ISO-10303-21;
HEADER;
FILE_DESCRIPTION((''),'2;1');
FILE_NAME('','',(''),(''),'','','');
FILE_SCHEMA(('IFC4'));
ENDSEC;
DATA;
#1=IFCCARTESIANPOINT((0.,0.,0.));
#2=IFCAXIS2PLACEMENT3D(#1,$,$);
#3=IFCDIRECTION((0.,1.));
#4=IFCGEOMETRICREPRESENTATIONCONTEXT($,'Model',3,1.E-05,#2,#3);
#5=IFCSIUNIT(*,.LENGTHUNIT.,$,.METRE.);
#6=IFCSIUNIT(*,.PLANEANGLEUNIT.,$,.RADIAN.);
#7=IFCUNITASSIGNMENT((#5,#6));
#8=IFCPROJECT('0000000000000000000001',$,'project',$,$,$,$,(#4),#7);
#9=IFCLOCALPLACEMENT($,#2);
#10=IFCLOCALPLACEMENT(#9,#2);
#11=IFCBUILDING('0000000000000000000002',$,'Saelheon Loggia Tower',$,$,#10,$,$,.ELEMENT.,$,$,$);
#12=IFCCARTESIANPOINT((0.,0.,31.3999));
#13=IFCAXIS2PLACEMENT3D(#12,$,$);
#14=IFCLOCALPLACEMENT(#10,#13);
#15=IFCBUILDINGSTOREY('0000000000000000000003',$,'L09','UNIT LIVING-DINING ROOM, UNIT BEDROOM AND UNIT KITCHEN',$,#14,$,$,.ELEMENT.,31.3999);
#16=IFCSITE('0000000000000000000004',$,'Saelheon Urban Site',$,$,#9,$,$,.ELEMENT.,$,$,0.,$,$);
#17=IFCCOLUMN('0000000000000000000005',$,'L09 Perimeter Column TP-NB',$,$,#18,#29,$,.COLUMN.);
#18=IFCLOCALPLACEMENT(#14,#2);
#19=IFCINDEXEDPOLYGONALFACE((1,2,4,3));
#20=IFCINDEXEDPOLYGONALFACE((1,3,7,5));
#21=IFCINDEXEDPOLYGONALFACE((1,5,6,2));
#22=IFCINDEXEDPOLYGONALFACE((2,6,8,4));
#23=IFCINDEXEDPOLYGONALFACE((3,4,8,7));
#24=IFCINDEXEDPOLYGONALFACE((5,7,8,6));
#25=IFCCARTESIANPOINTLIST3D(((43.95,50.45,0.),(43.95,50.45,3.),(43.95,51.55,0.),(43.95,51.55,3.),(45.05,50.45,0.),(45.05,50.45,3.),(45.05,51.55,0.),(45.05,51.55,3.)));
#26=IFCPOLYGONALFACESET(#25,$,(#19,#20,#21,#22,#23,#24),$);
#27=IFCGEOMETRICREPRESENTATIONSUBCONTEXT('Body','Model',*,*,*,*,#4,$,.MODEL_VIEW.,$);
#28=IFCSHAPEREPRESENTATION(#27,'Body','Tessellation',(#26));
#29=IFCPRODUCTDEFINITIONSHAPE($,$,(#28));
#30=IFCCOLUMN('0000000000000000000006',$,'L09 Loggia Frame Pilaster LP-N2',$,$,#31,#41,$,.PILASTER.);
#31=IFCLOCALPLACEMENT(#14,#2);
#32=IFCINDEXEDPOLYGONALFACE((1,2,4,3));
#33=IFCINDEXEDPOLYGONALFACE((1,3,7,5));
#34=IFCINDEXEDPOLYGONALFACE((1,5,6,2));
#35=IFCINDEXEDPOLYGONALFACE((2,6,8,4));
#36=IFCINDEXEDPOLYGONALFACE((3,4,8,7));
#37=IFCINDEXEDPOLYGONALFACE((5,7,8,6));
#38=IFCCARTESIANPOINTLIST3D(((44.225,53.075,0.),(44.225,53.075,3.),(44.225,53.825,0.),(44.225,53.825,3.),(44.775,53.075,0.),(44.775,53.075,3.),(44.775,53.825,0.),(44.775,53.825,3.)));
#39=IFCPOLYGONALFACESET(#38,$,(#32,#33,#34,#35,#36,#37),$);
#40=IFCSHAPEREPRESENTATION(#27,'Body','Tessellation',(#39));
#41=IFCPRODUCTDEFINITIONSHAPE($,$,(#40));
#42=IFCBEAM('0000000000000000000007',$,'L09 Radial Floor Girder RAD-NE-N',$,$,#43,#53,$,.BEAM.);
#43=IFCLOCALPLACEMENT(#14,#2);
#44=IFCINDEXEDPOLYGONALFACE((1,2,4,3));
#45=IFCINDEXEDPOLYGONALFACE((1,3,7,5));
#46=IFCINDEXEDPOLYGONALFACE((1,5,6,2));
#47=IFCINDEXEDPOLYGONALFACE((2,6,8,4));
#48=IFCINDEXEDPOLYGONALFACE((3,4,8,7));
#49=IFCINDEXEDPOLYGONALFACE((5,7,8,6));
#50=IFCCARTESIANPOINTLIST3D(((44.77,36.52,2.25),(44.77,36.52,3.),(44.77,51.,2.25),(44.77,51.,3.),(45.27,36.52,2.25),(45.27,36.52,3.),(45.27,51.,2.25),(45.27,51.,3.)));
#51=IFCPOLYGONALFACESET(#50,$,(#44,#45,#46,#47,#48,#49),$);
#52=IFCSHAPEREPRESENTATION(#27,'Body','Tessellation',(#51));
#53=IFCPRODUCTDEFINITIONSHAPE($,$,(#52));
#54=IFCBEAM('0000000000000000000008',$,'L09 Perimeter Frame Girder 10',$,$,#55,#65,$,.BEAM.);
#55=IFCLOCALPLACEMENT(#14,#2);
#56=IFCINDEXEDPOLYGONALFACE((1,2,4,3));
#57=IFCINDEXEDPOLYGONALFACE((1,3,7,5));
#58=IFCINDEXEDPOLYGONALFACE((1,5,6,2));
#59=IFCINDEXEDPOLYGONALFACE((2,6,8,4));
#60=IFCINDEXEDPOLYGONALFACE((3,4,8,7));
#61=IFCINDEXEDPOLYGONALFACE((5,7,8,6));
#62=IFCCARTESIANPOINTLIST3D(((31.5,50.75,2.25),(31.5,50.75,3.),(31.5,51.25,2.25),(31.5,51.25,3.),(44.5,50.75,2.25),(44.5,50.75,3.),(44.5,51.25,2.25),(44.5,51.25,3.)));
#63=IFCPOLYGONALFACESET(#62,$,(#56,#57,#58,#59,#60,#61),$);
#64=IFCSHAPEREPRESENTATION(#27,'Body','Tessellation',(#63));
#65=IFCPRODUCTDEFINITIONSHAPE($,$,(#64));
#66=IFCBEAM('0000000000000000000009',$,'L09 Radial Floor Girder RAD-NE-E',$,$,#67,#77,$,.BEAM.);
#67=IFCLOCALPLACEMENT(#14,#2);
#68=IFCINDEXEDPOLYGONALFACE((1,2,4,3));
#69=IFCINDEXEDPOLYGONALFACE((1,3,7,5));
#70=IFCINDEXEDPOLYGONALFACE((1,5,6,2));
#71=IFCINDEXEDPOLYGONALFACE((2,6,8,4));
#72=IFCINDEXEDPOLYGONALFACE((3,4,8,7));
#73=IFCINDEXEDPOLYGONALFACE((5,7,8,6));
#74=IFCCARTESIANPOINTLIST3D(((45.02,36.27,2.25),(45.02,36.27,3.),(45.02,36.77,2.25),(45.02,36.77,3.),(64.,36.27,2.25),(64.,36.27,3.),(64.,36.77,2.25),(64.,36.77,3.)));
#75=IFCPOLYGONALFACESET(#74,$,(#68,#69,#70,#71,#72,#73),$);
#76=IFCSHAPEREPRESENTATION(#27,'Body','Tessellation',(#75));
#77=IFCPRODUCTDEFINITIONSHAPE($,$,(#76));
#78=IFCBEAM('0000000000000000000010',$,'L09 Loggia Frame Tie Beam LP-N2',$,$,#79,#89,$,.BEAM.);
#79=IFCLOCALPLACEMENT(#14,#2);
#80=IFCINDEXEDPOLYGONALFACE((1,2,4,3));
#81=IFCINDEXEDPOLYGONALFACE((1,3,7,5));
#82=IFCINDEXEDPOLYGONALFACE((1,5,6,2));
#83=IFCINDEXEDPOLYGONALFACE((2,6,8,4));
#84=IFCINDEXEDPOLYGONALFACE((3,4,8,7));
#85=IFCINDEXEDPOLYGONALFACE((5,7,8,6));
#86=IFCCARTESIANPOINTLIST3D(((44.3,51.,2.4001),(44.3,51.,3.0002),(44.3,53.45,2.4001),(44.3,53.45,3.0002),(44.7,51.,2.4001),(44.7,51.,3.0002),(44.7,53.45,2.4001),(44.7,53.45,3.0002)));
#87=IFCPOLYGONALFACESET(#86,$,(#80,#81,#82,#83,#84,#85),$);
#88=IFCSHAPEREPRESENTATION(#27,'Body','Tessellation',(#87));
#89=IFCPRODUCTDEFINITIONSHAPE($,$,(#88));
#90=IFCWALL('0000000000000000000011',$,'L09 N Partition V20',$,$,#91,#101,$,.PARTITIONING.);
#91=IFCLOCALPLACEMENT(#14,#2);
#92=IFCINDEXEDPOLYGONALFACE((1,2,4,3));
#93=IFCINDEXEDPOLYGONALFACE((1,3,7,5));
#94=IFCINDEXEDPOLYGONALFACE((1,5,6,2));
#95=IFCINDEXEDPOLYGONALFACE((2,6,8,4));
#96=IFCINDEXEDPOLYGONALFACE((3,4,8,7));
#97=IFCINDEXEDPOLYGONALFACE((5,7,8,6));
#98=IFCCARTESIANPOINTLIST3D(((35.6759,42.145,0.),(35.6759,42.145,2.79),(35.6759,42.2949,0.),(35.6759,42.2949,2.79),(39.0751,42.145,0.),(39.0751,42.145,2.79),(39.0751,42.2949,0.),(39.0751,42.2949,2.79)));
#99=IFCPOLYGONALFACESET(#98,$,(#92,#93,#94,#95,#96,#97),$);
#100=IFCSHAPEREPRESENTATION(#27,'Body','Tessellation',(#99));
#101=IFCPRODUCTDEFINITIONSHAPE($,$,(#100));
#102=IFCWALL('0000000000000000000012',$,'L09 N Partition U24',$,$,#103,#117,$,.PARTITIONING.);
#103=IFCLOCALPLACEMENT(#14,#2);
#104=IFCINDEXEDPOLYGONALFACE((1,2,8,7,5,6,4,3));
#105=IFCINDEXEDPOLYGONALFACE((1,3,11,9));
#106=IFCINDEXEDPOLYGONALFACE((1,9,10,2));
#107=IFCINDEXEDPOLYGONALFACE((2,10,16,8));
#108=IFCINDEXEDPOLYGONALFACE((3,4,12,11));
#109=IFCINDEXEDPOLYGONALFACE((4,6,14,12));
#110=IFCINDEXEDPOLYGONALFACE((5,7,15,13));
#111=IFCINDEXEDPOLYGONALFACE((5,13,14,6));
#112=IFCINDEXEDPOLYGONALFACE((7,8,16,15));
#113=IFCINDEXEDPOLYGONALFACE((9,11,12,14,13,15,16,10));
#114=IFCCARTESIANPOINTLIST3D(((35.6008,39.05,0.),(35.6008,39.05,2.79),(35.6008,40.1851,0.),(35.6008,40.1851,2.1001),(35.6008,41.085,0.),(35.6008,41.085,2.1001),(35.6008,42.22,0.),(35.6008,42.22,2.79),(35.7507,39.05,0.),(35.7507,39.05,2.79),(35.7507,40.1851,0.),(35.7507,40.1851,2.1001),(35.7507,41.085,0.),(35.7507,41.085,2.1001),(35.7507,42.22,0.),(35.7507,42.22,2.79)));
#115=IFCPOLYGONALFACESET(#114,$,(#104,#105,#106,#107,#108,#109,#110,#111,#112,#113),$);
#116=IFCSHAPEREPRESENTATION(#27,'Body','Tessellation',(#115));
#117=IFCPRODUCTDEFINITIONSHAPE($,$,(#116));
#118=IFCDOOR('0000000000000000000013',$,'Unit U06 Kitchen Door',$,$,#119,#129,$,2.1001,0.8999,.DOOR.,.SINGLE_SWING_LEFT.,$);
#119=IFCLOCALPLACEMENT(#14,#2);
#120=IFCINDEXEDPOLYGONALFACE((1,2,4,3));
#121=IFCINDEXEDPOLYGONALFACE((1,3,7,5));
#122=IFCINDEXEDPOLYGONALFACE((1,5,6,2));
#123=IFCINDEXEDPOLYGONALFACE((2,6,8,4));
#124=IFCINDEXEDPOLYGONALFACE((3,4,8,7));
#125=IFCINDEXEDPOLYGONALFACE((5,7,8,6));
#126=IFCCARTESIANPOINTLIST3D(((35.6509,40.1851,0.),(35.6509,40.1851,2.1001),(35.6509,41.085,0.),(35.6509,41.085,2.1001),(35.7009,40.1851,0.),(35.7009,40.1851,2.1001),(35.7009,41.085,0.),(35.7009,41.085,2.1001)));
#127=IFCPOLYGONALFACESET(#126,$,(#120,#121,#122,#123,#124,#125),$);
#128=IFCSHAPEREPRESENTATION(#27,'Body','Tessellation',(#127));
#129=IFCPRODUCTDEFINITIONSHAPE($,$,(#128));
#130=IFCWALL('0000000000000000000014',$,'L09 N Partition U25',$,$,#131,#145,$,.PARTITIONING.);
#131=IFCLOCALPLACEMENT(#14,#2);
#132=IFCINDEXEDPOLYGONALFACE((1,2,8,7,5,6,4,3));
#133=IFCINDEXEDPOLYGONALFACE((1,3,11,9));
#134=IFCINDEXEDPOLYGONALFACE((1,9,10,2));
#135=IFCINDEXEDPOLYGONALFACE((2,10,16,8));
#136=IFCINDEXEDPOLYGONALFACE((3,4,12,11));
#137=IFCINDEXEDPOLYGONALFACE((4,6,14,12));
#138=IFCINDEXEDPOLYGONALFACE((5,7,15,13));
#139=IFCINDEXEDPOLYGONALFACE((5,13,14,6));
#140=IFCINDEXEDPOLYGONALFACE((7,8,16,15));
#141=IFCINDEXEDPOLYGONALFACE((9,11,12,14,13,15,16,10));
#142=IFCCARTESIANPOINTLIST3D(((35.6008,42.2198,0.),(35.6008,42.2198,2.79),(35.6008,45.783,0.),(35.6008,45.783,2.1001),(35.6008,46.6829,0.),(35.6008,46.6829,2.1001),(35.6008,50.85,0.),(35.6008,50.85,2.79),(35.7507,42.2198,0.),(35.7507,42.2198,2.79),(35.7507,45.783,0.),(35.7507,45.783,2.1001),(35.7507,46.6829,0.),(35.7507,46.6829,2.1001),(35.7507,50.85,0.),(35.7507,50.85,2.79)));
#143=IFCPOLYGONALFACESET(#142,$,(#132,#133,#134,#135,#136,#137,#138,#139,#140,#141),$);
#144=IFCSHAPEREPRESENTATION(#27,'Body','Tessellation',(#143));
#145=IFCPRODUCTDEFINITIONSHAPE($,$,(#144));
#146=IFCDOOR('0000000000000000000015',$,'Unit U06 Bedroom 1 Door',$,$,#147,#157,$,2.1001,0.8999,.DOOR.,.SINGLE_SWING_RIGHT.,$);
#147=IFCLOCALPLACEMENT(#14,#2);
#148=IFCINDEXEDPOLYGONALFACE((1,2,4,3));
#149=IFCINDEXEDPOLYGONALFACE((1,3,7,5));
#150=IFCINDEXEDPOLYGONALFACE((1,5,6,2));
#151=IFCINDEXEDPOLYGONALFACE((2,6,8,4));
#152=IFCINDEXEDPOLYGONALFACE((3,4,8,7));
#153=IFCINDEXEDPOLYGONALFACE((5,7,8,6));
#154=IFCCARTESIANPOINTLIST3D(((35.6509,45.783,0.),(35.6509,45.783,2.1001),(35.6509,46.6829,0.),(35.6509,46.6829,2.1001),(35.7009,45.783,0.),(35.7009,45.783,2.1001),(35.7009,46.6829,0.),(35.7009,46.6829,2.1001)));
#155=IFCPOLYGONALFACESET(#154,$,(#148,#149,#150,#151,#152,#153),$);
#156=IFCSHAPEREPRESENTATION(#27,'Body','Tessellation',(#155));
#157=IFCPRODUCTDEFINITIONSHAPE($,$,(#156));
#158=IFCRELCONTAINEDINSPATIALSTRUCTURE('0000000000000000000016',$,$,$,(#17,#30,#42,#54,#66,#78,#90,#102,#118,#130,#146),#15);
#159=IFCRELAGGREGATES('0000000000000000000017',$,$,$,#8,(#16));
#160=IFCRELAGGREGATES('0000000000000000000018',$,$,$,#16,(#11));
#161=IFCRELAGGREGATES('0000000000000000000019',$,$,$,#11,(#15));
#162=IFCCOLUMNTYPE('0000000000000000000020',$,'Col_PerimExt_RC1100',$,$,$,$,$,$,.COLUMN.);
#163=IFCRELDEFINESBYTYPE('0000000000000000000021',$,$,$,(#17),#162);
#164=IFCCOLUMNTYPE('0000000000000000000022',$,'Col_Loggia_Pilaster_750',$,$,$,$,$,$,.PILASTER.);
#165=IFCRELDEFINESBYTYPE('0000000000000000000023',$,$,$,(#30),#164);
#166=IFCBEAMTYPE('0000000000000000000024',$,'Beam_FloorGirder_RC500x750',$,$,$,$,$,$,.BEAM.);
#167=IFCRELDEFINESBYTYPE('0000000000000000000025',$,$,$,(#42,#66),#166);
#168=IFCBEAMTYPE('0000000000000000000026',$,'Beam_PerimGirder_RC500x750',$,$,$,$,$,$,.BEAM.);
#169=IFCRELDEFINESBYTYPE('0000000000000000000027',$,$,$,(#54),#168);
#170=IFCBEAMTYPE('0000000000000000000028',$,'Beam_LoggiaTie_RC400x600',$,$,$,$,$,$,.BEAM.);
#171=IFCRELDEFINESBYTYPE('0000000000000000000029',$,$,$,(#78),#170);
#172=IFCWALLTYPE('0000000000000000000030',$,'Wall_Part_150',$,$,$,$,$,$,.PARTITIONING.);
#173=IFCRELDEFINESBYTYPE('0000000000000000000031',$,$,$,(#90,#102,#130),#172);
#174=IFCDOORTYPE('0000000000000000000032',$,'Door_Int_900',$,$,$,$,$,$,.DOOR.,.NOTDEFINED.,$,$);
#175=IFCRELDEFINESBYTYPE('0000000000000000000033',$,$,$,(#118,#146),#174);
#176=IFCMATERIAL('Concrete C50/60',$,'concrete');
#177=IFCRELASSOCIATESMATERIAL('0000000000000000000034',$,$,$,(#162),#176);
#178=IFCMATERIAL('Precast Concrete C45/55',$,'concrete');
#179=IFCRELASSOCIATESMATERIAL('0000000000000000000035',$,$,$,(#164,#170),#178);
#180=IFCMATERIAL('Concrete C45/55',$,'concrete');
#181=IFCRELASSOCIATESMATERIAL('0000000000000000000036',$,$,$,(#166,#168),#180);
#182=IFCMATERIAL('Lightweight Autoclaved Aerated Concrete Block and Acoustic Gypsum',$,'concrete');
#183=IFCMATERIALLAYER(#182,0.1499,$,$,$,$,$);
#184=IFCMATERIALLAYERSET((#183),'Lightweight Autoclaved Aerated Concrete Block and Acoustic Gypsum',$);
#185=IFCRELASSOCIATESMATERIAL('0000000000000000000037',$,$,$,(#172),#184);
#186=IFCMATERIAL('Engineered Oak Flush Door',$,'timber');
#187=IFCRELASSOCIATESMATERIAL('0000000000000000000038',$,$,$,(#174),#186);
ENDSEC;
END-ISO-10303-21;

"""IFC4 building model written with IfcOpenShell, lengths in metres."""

from ifc_helpers import new_model, si_unit, direction, frame, frame_2d, origin, origin_2d, place, context, subcontext, project, spatial, rectangle, extrude, source, transform, mapped, material, layer, layer_set, material_profile, profile_set, type_object, element, fill, save


model = new_model("IFC4")

# Units and contexts
model_context = context("Model", 3, precision=1e-05, world=origin(), true_north=direction((0.0, 1.0)))
body_context = subcontext(model_context, "Body", "Model", "MODEL_VIEW")
ifc_project = project(units=[si_unit("LENGTHUNIT", "METRE"), si_unit("PLANEANGLEUNIT", "RADIAN")], contexts=[model_context])

# Site, building, storey
site_placement = place(None, origin())
site = spatial("IfcSite", under=ifc_project, at=site_placement, Name="Saelheon Urban Site", CompositionType="ELEMENT", RefElevation=0.0)
building_placement = place(site_placement, origin())
building = spatial("IfcBuilding", under=site, at=building_placement, Name="Saelheon Loggia Tower", CompositionType="ELEMENT")
storey_placement = place(building_placement, frame((0.0, 0.0, 31.3999)))
storey = spatial("IfcBuildingStorey", under=building, at=storey_placement, Name="L09", Description="UNIT LIVING-DINING ROOM, UNIT BEDROOM AND UNIT KITCHEN", CompositionType="ELEMENT", Elevation=31.3999)

# Columns
ifc_material_1 = material(Name="Concrete C50/60", Category="concrete")
ifc_material_profile_1 = material_profile(ifc_material_1, rectangle(XDim=1.1001, YDim=1.1001, at=origin_2d()), Name="RC-1100x1100")
ifc_profile_set_1 = profile_set([ifc_material_profile_1], Name="Concrete C50/60")
column_type_1 = type_object("IfcColumnType", Name="Col_PerimExt_RC1100", PredefinedType="COLUMN", material=ifc_profile_set_1)
shared_shape_1 = source(origin(), body_context, "Body", "SweptSolid", [
    extrude(rectangle(XDim=1.1001, YDim=1.1001, at=origin_2d()), origin(), (0.0, 0.0, 1.0), 3.0),
])
column_1_placement = place(storey_placement, frame((44.5, 51.0, 0.0), z_axis=(0.0, 0.0, 1.0), x_axis=(1.0, 0.0, 0.0)))
element("IfcColumn", 1, at=column_1_placement, inside=storey, type_object=column_type_1, Name="L09 Perimeter Column TP-NB", PredefinedType="COLUMN", context=body_context, shape_type="MappedRepresentation", body=[
    mapped(shared_shape_1, transform((0.0, 0.0, 0.0), scale=1.0)),
])
ifc_material_2 = material(Name="Precast Concrete C45/55", Category="concrete")
ifc_material_profile_2 = material_profile(ifc_material_2, rectangle(XDim=0.55, YDim=0.75, at=origin_2d()), Name="RC-550x750")
ifc_profile_set_2 = profile_set([ifc_material_profile_2], Name="Precast Concrete C45/55")
column_type_2 = type_object("IfcColumnType", Name="Col_Loggia_Pilaster_750", PredefinedType="PILASTER", material=ifc_profile_set_2)
shared_shape_2 = source(origin(), body_context, "Body", "SweptSolid", [
    extrude(rectangle(XDim=0.55, YDim=0.75, at=origin_2d()), origin(), (0.0, 0.0, 1.0), 3.0),
])
column_2_placement = place(storey_placement, frame((44.5, 53.45, 0.0), z_axis=(0.0, 0.0, 1.0), x_axis=(1.0, 0.0, 0.0)))
element("IfcColumn", 2, at=column_2_placement, inside=storey, type_object=column_type_2, Name="L09 Loggia Frame Pilaster LP-N2", PredefinedType="PILASTER", context=body_context, shape_type="MappedRepresentation", body=[
    mapped(shared_shape_2, transform((0.0, 0.0, 0.0), scale=1.0)),
])

# Beams
ifc_material_3 = material(Name="Concrete C45/55", Category="concrete")
ifc_material_profile_3 = material_profile(ifc_material_3, rectangle(XDim=0.5, YDim=0.75, at=origin_2d()), Name="RC-500x750")
ifc_profile_set_3 = profile_set([ifc_material_profile_3], Name="Concrete C45/55")
beam_type_1 = type_object("IfcBeamType", Name="Beam_FloorGirder_RC500x750", PredefinedType="BEAM", material=ifc_profile_set_3)
shared_shape_3 = source(origin(), body_context, "Body", "SweptSolid", [
    extrude(rectangle(XDim=0.5, YDim=0.75, at=origin_2d()), origin(), (0.0, 0.0, 1.0), 14.48),
])
beam_1_placement = place(storey_placement, frame((45.02, 36.52, 2.625), z_axis=(0.0, 1.0, 0.0), x_axis=(-1.0, 0.0, 0.0)))
element("IfcBeam", 3, at=beam_1_placement, inside=storey, type_object=beam_type_1, Name="L09 Radial Floor Girder RAD-NE-N", PredefinedType="BEAM", context=body_context, shape_type="MappedRepresentation", body=[
    mapped(shared_shape_3, transform((0.0, 0.0, 0.0), scale=1.0)),
])
ifc_material_profile_4 = material_profile(ifc_material_3, rectangle(XDim=0.5, YDim=0.75, at=origin_2d()), Name="RC-500x750")
ifc_profile_set_4 = profile_set([ifc_material_profile_4], Name="Concrete C45/55")
beam_type_2 = type_object("IfcBeamType", Name="Beam_PerimGirder_RC500x750", PredefinedType="BEAM", material=ifc_profile_set_4)
shared_shape_4 = source(origin(), body_context, "Body", "SweptSolid", [
    extrude(rectangle(XDim=0.5, YDim=0.75, at=origin_2d()), origin(), (0.0, 0.0, 1.0), 13.0),
])
beam_2_placement = place(storey_placement, frame((44.5, 51.0, 2.625), z_axis=(-1.0, 0.0, 0.0), x_axis=(0.0, -1.0, 0.0)))
element("IfcBeam", 4, at=beam_2_placement, inside=storey, type_object=beam_type_2, Name="L09 Perimeter Frame Girder 10", PredefinedType="BEAM", context=body_context, shape_type="MappedRepresentation", body=[
    mapped(shared_shape_4, transform((0.0, 0.0, 0.0), scale=1.0)),
])
shared_shape_5 = source(origin(), body_context, "Body", "SweptSolid", [
    extrude(rectangle(XDim=0.5, YDim=0.75, at=origin_2d()), origin(), (0.0, 0.0, 1.0), 18.98),
])
beam_3_placement = place(storey_placement, frame((45.02, 36.52, 2.625), z_axis=(1.0, 0.0, 0.0), x_axis=(0.0, 1.0, 0.0)))
element("IfcBeam", 5, at=beam_3_placement, inside=storey, type_object=beam_type_1, Name="L09 Radial Floor Girder RAD-NE-E", PredefinedType="BEAM", context=body_context, shape_type="MappedRepresentation", body=[
    mapped(shared_shape_5, transform((0.0, 0.0, 0.0), scale=1.0)),
])
ifc_material_profile_5 = material_profile(ifc_material_2, rectangle(XDim=0.3999, YDim=0.6001, at=origin_2d()), Name="RC-400x600")
ifc_profile_set_5 = profile_set([ifc_material_profile_5], Name="Precast Concrete C45/55")
beam_type_3 = type_object("IfcBeamType", Name="Beam_LoggiaTie_RC400x600", PredefinedType="BEAM", material=ifc_profile_set_5)
shared_shape_6 = source(origin(), body_context, "Body", "SweptSolid", [
    extrude(rectangle(XDim=0.3999, YDim=0.6001, at=origin_2d()), origin(), (0.0, 0.0, 1.0), 2.45),
])
beam_4_placement = place(storey_placement, frame((44.5, 51.0, 2.7002), z_axis=(0.0, 1.0, 0.0), x_axis=(-1.0, 0.0, 0.0)))
element("IfcBeam", 6, at=beam_4_placement, inside=storey, type_object=beam_type_3, Name="L09 Loggia Frame Tie Beam LP-N2", PredefinedType="BEAM", context=body_context, shape_type="MappedRepresentation", body=[
    mapped(shared_shape_6, transform((0.0, 0.0, 0.0), scale=1.0)),
])

# Wall
ifc_material_4 = material(Name="Lightweight Autoclaved Aerated Concrete Block and Acoustic Gypsum", Category="concrete")
ifc_layer_1 = layer(ifc_material_4, 0.1499)
ifc_layer_set_1 = layer_set([ifc_layer_1], Name="Lightweight Autoclaved Aerated Concrete Block and Acoustic Gypsum")
wall_type_1 = type_object("IfcWallType", Name="Wall_Part_150", PredefinedType="PARTITIONING", material=ifc_layer_set_1)
wall_1_placement = place(storey_placement, frame((35.6758, 42.22, 0.0), z_axis=(0.0, 0.0, 1.0), x_axis=(1.0, 0.0, 0.0)))
element("IfcWall", 7, at=wall_1_placement, inside=storey, type_object=wall_type_1, Name="L09 N Partition V20", PredefinedType="PARTITIONING", context=body_context, shape_type="SweptSolid", body=[
    extrude(rectangle(XDim=3.3992, YDim=0.1499, at=frame_2d((1.6997, 0.0))), origin(), (0.0, 0.0, 1.0), 2.79),
])

# Walls, openings, doors
wall_2_placement = place(storey_placement, frame((35.6758, 39.05, 0.0), z_axis=(0.0, 0.0, 1.0), x_axis=(0.0, 1.0, 0.0)))
wall_2 = element("IfcWall", 8, at=wall_2_placement, inside=storey, type_object=wall_type_1, Name="L09 N Partition U24", PredefinedType="PARTITIONING", context=body_context, shape_type="SweptSolid", body=[
    extrude(rectangle(XDim=3.1699, YDim=0.1499, at=frame_2d((1.585, 0.0))), origin(), (0.0, 0.0, 1.0), 2.79),
])
opening_1_placement = place(wall_2_placement, frame((1.135, 0.0, 0.0)))
opening_1 = element("IfcOpeningElement", 9, at=opening_1_placement, cuts=wall_2, PredefinedType="OPENING", context=body_context, shape_type="SweptSolid", body=[
    extrude(rectangle(XDim=0.8999, YDim=2.1001, at=frame_2d((0.45, 1.05))), frame((0.0, 0.0869, 0.0), z_axis=(0.0, -1.0, 0.0), x_axis=(1.0, 0.0, 0.0)), (0.0, 0.0, 1.0), 0.1738),
])
ifc_material_5 = material(Name="Engineered Oak Flush Door", Category="timber")
door_type_1 = type_object("IfcDoorType", Name="Door_Int_900", OperationType="NOTDEFINED", PredefinedType="DOOR", material=ifc_material_5)
shared_shape_7 = source(origin(), body_context, "Body", "SweptSolid", [
    extrude(rectangle(XDim=0.8999, YDim=2.1001, at=frame_2d((0.45, 1.05))), frame((0.0, 0.0249, 0.0), z_axis=(0.0, -1.0, 0.0), x_axis=(1.0, 0.0, 0.0)), (0.0, 0.0, 1.0), 0.05),
])
door_1_placement = place(opening_1_placement, origin())
door_1 = element("IfcDoor", 10, at=door_1_placement, inside=storey, type_object=door_type_1, Name="Unit U06 Kitchen Door", OperationType="SINGLE_SWING_LEFT", OverallHeight=2.1001, OverallWidth=0.8999, PredefinedType="DOOR", context=body_context, shape_type="MappedRepresentation", body=[
    mapped(shared_shape_7, transform((0.0, 0.0, 0.0), scale=1.0)),
])
fill(opening_1, door_1)
wall_3_placement = place(storey_placement, frame((35.6758, 42.22, 0.0), z_axis=(0.0, 0.0, 1.0), x_axis=(0.0, 1.0, 0.0)))
wall_3 = element("IfcWall", 11, at=wall_3_placement, inside=storey, type_object=wall_type_1, Name="L09 N Partition U25", PredefinedType="PARTITIONING", context=body_context, shape_type="SweptSolid", body=[
    extrude(rectangle(XDim=8.6301, YDim=0.1499, at=frame_2d((4.3149, 0.0))), origin(), (0.0, 0.0, 1.0), 2.79),
])
opening_2_placement = place(wall_3_placement, frame((3.563, 0.0, 0.0)))
opening_2 = element("IfcOpeningElement", 12, at=opening_2_placement, cuts=wall_3, PredefinedType="OPENING", context=body_context, shape_type="SweptSolid", body=[
    extrude(rectangle(XDim=0.8999, YDim=2.1001, at=frame_2d((0.45, 1.05))), frame((0.0, 0.0869, 0.0), z_axis=(0.0, -1.0, 0.0), x_axis=(1.0, 0.0, 0.0)), (0.0, 0.0, 1.0), 0.1738),
])
door_2_placement = place(opening_2_placement, origin())
door_2 = element("IfcDoor", 13, at=door_2_placement, inside=storey, type_object=door_type_1, Name="Unit U06 Bedroom 1 Door", OperationType="SINGLE_SWING_RIGHT", OverallHeight=2.1001, OverallWidth=0.8999, PredefinedType="DOOR", context=body_context, shape_type="MappedRepresentation", body=[
    mapped(shared_shape_7, transform((0.0, 0.0, 0.0), scale=1.0)),
])
fill(opening_2, door_2)

save(model, "model.ifc")
